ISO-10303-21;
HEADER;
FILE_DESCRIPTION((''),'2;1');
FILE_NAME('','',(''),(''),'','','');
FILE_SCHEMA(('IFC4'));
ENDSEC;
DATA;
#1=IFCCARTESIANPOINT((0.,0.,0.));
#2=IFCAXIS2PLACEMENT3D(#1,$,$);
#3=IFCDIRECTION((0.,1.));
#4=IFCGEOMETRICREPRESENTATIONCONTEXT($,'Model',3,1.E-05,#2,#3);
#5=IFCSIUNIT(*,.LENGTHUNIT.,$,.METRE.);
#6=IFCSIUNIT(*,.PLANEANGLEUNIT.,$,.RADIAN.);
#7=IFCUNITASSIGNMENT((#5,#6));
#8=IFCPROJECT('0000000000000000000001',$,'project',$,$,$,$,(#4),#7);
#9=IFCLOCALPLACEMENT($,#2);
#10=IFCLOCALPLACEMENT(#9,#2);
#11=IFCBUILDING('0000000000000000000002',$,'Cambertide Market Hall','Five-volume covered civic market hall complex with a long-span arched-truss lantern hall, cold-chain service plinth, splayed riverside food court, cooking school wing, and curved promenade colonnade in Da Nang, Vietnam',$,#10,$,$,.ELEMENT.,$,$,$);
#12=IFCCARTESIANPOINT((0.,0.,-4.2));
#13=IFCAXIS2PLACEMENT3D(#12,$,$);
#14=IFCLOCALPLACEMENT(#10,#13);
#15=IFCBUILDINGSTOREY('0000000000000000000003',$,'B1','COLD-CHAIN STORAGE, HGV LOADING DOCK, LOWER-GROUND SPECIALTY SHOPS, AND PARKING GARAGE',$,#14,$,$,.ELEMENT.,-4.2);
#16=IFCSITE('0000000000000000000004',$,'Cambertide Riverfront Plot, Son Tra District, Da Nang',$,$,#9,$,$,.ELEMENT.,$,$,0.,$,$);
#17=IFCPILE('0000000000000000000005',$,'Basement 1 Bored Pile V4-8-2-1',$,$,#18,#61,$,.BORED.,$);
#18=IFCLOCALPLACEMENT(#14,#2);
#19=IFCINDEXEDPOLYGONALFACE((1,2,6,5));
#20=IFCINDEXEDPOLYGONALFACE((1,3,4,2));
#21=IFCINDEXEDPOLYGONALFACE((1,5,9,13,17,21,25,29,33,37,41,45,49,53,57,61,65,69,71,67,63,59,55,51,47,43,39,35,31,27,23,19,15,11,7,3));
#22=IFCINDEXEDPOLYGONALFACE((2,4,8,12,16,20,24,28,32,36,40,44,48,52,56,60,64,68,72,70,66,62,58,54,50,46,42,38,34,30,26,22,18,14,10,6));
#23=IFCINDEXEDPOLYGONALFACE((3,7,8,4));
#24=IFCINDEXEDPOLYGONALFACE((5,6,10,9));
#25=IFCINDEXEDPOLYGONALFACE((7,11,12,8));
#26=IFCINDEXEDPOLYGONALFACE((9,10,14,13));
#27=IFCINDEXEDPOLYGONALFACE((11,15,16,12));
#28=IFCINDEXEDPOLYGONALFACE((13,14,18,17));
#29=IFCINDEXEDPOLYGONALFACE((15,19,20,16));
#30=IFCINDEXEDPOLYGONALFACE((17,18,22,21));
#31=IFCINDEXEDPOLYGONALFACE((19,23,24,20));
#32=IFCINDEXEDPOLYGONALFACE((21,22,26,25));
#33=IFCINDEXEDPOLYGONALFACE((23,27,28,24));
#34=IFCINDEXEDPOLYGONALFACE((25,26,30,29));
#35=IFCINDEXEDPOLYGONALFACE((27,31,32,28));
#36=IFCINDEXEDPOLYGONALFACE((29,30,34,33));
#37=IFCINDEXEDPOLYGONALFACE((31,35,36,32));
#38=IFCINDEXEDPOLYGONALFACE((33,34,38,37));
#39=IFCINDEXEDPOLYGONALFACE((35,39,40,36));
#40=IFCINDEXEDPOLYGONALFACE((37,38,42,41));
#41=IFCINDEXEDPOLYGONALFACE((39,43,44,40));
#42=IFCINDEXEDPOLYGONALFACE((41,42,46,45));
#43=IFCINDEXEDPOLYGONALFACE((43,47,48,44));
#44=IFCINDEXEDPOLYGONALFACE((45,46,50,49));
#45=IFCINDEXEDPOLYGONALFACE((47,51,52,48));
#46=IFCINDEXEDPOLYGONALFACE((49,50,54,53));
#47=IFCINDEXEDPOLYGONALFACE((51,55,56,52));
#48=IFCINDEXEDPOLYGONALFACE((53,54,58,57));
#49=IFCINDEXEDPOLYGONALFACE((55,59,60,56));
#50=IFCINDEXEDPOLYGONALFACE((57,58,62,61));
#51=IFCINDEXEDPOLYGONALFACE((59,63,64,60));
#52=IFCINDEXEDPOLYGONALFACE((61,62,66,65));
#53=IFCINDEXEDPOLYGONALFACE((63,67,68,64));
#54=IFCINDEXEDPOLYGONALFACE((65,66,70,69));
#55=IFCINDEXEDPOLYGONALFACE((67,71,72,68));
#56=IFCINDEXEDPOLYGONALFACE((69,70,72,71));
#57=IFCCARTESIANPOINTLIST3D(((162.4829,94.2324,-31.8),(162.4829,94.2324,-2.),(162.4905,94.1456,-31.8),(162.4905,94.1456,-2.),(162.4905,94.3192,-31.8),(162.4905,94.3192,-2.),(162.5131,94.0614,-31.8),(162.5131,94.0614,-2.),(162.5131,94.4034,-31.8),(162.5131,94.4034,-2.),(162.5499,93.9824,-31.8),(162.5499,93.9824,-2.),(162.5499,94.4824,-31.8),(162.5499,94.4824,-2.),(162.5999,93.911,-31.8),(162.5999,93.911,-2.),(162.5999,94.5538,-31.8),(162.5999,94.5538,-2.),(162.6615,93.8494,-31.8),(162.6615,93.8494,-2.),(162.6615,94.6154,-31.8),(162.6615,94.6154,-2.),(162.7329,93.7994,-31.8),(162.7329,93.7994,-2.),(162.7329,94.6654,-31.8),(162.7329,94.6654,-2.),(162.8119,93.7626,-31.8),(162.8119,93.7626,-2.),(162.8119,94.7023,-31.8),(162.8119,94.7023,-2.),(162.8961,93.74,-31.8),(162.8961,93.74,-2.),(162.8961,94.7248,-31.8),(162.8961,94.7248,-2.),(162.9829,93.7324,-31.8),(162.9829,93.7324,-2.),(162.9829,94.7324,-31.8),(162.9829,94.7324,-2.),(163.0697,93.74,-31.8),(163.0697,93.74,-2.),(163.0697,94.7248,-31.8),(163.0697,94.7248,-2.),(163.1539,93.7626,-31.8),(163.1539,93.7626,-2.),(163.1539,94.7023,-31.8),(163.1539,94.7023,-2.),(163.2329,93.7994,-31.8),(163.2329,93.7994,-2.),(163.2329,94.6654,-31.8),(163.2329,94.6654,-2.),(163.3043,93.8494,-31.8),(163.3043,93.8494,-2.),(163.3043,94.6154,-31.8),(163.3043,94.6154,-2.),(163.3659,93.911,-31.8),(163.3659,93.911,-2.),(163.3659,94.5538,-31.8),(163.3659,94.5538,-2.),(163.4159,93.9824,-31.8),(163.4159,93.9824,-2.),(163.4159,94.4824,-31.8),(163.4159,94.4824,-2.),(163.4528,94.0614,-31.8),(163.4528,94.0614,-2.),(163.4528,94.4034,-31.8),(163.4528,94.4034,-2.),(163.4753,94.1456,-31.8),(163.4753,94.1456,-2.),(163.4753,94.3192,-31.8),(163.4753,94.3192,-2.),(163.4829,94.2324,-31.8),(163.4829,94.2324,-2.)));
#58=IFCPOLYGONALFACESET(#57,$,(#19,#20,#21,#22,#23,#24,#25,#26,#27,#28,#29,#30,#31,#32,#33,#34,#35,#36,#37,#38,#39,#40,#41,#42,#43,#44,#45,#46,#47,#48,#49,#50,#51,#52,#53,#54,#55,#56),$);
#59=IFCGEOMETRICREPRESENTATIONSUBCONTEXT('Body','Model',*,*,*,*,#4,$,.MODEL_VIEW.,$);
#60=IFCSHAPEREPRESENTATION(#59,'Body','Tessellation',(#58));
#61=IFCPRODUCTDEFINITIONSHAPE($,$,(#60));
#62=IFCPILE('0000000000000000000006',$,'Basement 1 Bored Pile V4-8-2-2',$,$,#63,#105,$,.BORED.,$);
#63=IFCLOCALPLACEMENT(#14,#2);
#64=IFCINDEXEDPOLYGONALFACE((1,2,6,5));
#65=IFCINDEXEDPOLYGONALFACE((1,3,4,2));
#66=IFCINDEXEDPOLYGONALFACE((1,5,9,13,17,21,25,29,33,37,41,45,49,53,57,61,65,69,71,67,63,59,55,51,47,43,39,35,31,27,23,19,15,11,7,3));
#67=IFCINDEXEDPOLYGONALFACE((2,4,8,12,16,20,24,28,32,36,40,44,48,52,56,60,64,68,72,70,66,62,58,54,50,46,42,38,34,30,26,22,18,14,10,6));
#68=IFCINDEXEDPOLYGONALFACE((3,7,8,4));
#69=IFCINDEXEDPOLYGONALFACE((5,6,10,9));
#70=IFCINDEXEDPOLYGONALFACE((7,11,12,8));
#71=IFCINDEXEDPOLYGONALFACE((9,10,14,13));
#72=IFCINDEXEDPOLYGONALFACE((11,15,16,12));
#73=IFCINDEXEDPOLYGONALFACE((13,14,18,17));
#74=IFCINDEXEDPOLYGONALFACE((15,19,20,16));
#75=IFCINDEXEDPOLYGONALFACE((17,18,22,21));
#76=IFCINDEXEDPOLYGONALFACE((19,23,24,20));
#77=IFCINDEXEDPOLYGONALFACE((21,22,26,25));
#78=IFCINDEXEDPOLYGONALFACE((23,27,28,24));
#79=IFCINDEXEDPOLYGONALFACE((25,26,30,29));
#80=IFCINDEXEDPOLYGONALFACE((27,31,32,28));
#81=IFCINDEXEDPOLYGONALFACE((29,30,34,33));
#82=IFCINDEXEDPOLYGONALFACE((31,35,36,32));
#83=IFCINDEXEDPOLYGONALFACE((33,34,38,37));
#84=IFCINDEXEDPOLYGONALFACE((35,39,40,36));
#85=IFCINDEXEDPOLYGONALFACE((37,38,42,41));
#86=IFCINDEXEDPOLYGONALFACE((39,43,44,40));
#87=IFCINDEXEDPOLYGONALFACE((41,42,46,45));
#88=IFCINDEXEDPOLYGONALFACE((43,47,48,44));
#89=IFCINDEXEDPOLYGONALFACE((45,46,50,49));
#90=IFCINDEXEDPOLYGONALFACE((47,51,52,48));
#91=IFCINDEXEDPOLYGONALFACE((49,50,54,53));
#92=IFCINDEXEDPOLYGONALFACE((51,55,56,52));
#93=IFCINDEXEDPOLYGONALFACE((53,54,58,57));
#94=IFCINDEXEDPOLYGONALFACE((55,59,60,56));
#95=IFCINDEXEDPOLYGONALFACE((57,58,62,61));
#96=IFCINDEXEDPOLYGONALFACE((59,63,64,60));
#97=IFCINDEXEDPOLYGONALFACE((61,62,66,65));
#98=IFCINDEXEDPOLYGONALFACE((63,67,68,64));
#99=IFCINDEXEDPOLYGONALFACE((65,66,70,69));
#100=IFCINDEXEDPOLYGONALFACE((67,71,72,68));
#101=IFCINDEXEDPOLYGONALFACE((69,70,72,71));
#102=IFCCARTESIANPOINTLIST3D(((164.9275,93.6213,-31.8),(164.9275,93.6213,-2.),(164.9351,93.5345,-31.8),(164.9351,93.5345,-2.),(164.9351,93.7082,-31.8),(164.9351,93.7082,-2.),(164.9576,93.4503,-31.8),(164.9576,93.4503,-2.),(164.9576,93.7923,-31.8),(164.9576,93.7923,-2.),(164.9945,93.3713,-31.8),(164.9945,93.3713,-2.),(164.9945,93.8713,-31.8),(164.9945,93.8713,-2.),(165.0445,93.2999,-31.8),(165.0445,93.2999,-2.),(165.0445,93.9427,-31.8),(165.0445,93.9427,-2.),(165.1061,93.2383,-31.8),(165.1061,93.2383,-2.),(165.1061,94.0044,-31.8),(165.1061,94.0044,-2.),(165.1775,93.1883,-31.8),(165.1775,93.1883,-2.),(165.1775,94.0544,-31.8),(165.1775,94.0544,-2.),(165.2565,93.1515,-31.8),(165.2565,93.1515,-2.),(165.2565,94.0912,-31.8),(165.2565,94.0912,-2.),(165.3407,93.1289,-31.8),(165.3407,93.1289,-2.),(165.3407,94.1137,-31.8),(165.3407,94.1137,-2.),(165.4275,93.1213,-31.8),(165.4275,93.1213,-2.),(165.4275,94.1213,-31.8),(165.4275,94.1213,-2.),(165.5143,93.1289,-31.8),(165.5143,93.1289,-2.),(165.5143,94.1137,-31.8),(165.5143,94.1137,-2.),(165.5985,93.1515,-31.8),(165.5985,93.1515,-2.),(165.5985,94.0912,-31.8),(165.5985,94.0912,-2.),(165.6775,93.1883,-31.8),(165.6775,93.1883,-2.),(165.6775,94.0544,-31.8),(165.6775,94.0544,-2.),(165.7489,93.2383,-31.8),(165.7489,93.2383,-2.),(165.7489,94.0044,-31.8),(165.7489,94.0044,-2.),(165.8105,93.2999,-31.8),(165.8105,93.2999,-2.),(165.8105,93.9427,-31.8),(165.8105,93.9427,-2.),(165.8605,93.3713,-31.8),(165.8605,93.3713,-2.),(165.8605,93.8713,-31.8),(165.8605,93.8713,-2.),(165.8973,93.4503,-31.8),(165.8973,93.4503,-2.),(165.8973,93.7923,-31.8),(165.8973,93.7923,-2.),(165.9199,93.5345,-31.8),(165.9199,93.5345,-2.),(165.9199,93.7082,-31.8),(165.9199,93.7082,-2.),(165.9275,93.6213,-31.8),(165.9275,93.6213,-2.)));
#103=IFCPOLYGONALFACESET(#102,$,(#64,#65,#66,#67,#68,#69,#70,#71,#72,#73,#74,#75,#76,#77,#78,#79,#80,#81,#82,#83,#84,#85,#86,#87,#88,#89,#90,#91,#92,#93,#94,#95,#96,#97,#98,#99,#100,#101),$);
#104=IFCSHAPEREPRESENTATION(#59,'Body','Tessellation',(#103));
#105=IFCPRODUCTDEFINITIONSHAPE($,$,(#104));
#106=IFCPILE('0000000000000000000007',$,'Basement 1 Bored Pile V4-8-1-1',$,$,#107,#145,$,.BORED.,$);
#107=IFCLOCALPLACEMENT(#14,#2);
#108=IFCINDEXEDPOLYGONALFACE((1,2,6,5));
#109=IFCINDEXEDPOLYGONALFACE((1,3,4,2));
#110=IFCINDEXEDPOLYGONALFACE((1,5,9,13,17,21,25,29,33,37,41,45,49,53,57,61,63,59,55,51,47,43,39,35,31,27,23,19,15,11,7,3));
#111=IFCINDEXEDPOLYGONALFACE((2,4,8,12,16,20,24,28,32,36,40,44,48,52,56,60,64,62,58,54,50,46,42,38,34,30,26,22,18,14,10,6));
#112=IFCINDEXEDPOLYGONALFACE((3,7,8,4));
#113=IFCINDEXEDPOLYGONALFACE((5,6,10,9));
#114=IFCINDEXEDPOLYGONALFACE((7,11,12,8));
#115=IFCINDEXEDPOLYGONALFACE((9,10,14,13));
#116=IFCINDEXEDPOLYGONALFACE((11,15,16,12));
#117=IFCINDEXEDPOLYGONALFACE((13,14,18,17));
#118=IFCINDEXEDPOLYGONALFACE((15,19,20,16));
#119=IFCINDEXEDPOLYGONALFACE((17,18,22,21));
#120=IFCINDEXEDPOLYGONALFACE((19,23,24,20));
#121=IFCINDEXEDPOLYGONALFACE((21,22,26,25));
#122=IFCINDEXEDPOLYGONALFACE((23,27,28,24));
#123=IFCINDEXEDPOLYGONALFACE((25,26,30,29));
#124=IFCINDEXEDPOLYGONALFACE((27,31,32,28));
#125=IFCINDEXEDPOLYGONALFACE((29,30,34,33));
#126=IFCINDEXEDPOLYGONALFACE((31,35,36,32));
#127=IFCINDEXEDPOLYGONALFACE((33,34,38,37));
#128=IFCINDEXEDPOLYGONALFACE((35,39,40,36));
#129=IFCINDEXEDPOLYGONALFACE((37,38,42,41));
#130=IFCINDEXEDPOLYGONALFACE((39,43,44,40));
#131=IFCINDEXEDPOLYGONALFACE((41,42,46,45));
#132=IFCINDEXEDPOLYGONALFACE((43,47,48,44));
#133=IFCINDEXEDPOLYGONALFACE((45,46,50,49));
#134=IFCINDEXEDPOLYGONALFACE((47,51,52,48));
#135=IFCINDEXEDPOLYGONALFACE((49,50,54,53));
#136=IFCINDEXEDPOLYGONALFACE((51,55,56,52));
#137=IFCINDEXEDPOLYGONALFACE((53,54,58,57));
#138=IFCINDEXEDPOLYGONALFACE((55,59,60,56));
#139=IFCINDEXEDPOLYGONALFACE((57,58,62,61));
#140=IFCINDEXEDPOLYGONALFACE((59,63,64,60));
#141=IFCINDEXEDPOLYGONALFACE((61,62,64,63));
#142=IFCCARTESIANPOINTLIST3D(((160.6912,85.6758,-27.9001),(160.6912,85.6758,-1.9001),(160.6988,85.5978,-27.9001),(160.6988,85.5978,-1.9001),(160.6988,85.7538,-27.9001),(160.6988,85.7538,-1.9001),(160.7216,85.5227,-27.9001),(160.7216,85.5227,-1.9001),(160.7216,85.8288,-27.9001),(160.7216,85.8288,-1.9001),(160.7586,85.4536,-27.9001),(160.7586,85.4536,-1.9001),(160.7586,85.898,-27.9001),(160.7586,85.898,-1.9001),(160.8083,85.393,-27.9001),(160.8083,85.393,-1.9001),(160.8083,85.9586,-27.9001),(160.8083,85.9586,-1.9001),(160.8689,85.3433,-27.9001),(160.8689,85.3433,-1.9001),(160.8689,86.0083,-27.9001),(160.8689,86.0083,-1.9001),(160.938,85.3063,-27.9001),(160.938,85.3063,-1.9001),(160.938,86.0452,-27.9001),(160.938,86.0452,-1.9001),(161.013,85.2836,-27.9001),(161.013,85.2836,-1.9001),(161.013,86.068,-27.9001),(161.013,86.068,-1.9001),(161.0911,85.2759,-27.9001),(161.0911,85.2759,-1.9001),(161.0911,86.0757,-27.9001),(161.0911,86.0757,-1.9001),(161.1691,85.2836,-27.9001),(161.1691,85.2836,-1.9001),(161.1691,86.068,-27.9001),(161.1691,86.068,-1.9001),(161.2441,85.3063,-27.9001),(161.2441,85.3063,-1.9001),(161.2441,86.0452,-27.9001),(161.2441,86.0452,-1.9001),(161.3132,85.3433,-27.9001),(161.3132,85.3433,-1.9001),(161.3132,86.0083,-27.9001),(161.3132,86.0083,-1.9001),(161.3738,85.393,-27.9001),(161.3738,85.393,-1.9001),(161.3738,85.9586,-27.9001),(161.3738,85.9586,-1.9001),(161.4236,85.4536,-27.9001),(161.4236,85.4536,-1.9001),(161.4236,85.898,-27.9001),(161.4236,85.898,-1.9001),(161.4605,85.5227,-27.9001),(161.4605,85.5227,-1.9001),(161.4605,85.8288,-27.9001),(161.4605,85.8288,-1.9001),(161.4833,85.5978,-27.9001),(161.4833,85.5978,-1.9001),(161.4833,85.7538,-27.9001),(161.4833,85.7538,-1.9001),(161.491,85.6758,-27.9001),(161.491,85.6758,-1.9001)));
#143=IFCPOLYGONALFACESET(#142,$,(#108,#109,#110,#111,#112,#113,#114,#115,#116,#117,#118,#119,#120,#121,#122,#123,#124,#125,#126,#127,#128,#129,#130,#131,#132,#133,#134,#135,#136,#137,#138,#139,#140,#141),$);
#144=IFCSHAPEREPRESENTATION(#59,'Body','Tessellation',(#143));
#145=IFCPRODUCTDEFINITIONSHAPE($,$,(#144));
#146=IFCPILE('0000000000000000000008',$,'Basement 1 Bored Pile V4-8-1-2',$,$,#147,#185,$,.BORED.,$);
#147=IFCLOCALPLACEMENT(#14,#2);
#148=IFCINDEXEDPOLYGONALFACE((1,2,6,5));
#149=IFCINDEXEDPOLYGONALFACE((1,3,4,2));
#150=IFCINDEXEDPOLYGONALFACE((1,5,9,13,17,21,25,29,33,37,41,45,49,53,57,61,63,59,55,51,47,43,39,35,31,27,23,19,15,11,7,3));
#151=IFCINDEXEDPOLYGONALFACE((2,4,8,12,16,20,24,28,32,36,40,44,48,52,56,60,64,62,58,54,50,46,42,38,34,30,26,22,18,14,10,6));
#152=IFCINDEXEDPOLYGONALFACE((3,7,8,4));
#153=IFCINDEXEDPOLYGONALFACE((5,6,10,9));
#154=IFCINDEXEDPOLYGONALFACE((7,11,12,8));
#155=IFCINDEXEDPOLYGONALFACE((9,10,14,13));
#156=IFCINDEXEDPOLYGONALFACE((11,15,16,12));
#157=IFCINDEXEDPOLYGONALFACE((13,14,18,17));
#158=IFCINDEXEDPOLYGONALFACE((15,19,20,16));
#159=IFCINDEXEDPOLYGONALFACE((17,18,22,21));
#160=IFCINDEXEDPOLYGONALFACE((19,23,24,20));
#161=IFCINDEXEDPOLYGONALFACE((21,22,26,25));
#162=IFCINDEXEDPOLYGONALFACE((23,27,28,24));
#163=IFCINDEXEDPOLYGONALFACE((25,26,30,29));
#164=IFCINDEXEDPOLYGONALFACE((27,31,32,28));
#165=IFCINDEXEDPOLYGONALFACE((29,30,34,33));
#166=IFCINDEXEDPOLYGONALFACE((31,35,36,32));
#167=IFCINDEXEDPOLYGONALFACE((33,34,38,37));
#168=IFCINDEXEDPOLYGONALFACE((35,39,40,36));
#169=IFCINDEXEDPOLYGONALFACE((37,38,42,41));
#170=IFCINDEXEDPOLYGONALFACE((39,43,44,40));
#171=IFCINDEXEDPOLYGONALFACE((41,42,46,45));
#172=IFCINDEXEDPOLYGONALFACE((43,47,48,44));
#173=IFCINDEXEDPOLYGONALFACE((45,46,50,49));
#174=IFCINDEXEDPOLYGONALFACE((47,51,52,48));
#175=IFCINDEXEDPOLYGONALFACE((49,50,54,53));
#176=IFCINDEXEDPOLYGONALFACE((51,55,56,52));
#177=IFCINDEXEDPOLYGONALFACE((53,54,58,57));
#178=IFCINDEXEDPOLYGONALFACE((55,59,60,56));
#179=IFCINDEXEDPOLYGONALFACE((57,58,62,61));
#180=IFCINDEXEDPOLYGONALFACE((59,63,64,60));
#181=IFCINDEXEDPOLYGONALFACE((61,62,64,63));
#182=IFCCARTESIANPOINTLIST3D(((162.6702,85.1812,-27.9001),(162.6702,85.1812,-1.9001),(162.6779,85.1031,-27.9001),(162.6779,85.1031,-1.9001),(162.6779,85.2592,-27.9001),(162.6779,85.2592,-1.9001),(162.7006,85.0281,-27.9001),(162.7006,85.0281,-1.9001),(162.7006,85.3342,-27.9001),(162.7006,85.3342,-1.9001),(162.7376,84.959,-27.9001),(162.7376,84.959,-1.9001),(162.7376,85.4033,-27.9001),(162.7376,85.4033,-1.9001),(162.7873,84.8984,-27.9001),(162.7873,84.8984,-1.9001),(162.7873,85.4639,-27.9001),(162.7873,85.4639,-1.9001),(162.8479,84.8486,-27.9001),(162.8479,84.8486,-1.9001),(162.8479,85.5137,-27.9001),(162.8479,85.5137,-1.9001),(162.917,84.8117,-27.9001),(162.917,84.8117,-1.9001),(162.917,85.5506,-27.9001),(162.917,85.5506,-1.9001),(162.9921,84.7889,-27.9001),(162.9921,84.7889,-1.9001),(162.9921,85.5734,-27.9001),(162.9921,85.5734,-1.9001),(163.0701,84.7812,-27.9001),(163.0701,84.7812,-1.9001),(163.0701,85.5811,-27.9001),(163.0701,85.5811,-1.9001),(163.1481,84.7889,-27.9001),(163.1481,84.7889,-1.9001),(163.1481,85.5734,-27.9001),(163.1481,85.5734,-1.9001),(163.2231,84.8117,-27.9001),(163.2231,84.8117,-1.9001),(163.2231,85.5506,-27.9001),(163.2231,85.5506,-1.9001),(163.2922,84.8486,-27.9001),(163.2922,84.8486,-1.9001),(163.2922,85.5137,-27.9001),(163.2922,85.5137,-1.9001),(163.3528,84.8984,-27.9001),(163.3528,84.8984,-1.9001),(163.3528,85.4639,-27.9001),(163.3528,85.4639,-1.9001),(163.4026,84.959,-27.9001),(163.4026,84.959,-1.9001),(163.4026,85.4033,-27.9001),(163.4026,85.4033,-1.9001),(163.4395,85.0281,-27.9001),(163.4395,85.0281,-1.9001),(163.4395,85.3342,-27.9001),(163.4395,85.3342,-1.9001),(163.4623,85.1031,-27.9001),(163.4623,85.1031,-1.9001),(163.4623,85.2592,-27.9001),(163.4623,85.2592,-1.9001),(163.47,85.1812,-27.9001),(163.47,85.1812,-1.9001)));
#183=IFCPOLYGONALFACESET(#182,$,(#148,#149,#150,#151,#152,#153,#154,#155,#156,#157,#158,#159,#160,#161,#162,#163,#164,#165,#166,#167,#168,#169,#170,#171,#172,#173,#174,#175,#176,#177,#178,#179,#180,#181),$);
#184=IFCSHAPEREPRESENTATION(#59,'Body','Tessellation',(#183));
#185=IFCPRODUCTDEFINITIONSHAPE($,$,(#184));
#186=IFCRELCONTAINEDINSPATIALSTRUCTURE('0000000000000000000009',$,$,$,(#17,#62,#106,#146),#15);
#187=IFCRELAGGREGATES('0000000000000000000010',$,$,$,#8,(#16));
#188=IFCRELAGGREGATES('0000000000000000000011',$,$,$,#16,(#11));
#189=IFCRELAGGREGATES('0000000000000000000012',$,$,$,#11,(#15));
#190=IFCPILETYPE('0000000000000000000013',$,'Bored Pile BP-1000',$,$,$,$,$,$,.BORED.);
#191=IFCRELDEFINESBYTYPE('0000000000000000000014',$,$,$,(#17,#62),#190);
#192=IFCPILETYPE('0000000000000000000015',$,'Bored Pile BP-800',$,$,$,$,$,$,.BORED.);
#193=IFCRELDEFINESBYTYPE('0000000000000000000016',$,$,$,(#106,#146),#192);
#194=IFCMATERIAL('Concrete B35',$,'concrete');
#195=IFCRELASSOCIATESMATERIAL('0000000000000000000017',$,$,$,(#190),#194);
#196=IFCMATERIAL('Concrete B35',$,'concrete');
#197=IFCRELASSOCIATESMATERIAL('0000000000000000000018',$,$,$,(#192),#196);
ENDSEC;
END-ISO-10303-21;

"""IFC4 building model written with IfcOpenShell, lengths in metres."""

from ifc_helpers import new_model, si_unit, direction, frame, origin, origin_2d, place, context, subcontext, project, spatial, circle, extrude, material, material_profile, profile_set, type_object, element, save


model = new_model("IFC4")

# Units and contexts
model_context = context("Model", 3, precision=1e-05, world=origin(), true_north=direction((0.0, 1.0)))
body_context = subcontext(model_context, "Body", "Model", "MODEL_VIEW")
ifc_project = project(units=[si_unit("LENGTHUNIT", "METRE"), si_unit("PLANEANGLEUNIT", "RADIAN")], contexts=[model_context])

# Site, building, storey
site_placement = place(None, origin())
site = spatial("IfcSite", under=ifc_project, at=site_placement, Name="Cambertide Riverfront Plot, Son Tra District, Da Nang", CompositionType="ELEMENT", RefElevation=0.0)
building_placement = place(site_placement, origin())
building = spatial("IfcBuilding", under=site, at=building_placement, Name="Cambertide Market Hall", Description="Five-volume covered civic market hall complex with a long-span arched-truss lantern hall, cold-chain service plinth, splayed riverside food court, cooking school wing, and curved promenade colonnade in Da Nang, Vietnam", CompositionType="ELEMENT")
storey_placement = place(building_placement, frame((0.0, 0.0, -4.2)))
storey = spatial("IfcBuildingStorey", under=building, at=storey_placement, Name="B1", Description="COLD-CHAIN STORAGE, HGV LOADING DOCK, LOWER-GROUND SPECIALTY SHOPS, AND PARKING GARAGE", CompositionType="ELEMENT", Elevation=-4.2)

# Piles
ifc_material_1 = material(Name="Concrete B35", Category="concrete")
ifc_material_profile_1 = material_profile(ifc_material_1, circle(Radius=0.5, at=origin_2d()), Name="BP D1000")
ifc_profile_set_1 = profile_set([ifc_material_profile_1], Name="Concrete B35")
pile_type_1 = type_object("IfcPileType", Name="Bored Pile BP-1000", PredefinedType="BORED", material=ifc_profile_set_1)
for number, where, z_axis, x_axis, name in (
    (1, (162.9829, 94.2324, -2.0), (0.0, 0.0, -1.0), (1.0, 0.0, 0.0), "Basement 1 Bored Pile V4-8-2-1"),
    (2, (165.4275, 93.6213, -2.0), (0.0, 0.0, -1.0), (1.0, 0.0, 0.0), "Basement 1 Bored Pile V4-8-2-2"),
):
    element("IfcPile", number, at=place(storey_placement, frame(where, z_axis=z_axis, x_axis=x_axis)), inside=storey, type_object=pile_type_1, Name=name, PredefinedType="BORED", context=body_context, shape_type="SweptSolid", body=[
        extrude(circle(Radius=0.5, at=origin_2d()), origin(), (0.0, 0.0, 1.0), 29.8),
    ])
ifc_material_2 = material(Name="Concrete B35", Category="concrete")
ifc_material_profile_2 = material_profile(ifc_material_2, circle(Radius=0.3999, at=origin_2d()), Name="BP D800")
ifc_profile_set_2 = profile_set([ifc_material_profile_2], Name="Concrete B35")
pile_type_2 = type_object("IfcPileType", Name="Bored Pile BP-800", PredefinedType="BORED", material=ifc_profile_set_2)
for number, where, z_axis, x_axis, name in (
    (3, (161.0911, 85.6758, -1.9001), (0.0, 0.0, -1.0), (1.0, 0.0, 0.0), "Basement 1 Bored Pile V4-8-1-1"),
    (4, (163.0701, 85.1812, -1.9001), (0.0, 0.0, -1.0), (1.0, 0.0, 0.0), "Basement 1 Bored Pile V4-8-1-2"),
):
    element("IfcPile", number, at=place(storey_placement, frame(where, z_axis=z_axis, x_axis=x_axis)), inside=storey, type_object=pile_type_2, Name=name, PredefinedType="BORED", context=body_context, shape_type="SweptSolid", body=[
        extrude(circle(Radius=0.3999, at=origin_2d()), origin(), (0.0, 0.0, 1.0), 26.0),
    ])

save(model, "model.ifc")
